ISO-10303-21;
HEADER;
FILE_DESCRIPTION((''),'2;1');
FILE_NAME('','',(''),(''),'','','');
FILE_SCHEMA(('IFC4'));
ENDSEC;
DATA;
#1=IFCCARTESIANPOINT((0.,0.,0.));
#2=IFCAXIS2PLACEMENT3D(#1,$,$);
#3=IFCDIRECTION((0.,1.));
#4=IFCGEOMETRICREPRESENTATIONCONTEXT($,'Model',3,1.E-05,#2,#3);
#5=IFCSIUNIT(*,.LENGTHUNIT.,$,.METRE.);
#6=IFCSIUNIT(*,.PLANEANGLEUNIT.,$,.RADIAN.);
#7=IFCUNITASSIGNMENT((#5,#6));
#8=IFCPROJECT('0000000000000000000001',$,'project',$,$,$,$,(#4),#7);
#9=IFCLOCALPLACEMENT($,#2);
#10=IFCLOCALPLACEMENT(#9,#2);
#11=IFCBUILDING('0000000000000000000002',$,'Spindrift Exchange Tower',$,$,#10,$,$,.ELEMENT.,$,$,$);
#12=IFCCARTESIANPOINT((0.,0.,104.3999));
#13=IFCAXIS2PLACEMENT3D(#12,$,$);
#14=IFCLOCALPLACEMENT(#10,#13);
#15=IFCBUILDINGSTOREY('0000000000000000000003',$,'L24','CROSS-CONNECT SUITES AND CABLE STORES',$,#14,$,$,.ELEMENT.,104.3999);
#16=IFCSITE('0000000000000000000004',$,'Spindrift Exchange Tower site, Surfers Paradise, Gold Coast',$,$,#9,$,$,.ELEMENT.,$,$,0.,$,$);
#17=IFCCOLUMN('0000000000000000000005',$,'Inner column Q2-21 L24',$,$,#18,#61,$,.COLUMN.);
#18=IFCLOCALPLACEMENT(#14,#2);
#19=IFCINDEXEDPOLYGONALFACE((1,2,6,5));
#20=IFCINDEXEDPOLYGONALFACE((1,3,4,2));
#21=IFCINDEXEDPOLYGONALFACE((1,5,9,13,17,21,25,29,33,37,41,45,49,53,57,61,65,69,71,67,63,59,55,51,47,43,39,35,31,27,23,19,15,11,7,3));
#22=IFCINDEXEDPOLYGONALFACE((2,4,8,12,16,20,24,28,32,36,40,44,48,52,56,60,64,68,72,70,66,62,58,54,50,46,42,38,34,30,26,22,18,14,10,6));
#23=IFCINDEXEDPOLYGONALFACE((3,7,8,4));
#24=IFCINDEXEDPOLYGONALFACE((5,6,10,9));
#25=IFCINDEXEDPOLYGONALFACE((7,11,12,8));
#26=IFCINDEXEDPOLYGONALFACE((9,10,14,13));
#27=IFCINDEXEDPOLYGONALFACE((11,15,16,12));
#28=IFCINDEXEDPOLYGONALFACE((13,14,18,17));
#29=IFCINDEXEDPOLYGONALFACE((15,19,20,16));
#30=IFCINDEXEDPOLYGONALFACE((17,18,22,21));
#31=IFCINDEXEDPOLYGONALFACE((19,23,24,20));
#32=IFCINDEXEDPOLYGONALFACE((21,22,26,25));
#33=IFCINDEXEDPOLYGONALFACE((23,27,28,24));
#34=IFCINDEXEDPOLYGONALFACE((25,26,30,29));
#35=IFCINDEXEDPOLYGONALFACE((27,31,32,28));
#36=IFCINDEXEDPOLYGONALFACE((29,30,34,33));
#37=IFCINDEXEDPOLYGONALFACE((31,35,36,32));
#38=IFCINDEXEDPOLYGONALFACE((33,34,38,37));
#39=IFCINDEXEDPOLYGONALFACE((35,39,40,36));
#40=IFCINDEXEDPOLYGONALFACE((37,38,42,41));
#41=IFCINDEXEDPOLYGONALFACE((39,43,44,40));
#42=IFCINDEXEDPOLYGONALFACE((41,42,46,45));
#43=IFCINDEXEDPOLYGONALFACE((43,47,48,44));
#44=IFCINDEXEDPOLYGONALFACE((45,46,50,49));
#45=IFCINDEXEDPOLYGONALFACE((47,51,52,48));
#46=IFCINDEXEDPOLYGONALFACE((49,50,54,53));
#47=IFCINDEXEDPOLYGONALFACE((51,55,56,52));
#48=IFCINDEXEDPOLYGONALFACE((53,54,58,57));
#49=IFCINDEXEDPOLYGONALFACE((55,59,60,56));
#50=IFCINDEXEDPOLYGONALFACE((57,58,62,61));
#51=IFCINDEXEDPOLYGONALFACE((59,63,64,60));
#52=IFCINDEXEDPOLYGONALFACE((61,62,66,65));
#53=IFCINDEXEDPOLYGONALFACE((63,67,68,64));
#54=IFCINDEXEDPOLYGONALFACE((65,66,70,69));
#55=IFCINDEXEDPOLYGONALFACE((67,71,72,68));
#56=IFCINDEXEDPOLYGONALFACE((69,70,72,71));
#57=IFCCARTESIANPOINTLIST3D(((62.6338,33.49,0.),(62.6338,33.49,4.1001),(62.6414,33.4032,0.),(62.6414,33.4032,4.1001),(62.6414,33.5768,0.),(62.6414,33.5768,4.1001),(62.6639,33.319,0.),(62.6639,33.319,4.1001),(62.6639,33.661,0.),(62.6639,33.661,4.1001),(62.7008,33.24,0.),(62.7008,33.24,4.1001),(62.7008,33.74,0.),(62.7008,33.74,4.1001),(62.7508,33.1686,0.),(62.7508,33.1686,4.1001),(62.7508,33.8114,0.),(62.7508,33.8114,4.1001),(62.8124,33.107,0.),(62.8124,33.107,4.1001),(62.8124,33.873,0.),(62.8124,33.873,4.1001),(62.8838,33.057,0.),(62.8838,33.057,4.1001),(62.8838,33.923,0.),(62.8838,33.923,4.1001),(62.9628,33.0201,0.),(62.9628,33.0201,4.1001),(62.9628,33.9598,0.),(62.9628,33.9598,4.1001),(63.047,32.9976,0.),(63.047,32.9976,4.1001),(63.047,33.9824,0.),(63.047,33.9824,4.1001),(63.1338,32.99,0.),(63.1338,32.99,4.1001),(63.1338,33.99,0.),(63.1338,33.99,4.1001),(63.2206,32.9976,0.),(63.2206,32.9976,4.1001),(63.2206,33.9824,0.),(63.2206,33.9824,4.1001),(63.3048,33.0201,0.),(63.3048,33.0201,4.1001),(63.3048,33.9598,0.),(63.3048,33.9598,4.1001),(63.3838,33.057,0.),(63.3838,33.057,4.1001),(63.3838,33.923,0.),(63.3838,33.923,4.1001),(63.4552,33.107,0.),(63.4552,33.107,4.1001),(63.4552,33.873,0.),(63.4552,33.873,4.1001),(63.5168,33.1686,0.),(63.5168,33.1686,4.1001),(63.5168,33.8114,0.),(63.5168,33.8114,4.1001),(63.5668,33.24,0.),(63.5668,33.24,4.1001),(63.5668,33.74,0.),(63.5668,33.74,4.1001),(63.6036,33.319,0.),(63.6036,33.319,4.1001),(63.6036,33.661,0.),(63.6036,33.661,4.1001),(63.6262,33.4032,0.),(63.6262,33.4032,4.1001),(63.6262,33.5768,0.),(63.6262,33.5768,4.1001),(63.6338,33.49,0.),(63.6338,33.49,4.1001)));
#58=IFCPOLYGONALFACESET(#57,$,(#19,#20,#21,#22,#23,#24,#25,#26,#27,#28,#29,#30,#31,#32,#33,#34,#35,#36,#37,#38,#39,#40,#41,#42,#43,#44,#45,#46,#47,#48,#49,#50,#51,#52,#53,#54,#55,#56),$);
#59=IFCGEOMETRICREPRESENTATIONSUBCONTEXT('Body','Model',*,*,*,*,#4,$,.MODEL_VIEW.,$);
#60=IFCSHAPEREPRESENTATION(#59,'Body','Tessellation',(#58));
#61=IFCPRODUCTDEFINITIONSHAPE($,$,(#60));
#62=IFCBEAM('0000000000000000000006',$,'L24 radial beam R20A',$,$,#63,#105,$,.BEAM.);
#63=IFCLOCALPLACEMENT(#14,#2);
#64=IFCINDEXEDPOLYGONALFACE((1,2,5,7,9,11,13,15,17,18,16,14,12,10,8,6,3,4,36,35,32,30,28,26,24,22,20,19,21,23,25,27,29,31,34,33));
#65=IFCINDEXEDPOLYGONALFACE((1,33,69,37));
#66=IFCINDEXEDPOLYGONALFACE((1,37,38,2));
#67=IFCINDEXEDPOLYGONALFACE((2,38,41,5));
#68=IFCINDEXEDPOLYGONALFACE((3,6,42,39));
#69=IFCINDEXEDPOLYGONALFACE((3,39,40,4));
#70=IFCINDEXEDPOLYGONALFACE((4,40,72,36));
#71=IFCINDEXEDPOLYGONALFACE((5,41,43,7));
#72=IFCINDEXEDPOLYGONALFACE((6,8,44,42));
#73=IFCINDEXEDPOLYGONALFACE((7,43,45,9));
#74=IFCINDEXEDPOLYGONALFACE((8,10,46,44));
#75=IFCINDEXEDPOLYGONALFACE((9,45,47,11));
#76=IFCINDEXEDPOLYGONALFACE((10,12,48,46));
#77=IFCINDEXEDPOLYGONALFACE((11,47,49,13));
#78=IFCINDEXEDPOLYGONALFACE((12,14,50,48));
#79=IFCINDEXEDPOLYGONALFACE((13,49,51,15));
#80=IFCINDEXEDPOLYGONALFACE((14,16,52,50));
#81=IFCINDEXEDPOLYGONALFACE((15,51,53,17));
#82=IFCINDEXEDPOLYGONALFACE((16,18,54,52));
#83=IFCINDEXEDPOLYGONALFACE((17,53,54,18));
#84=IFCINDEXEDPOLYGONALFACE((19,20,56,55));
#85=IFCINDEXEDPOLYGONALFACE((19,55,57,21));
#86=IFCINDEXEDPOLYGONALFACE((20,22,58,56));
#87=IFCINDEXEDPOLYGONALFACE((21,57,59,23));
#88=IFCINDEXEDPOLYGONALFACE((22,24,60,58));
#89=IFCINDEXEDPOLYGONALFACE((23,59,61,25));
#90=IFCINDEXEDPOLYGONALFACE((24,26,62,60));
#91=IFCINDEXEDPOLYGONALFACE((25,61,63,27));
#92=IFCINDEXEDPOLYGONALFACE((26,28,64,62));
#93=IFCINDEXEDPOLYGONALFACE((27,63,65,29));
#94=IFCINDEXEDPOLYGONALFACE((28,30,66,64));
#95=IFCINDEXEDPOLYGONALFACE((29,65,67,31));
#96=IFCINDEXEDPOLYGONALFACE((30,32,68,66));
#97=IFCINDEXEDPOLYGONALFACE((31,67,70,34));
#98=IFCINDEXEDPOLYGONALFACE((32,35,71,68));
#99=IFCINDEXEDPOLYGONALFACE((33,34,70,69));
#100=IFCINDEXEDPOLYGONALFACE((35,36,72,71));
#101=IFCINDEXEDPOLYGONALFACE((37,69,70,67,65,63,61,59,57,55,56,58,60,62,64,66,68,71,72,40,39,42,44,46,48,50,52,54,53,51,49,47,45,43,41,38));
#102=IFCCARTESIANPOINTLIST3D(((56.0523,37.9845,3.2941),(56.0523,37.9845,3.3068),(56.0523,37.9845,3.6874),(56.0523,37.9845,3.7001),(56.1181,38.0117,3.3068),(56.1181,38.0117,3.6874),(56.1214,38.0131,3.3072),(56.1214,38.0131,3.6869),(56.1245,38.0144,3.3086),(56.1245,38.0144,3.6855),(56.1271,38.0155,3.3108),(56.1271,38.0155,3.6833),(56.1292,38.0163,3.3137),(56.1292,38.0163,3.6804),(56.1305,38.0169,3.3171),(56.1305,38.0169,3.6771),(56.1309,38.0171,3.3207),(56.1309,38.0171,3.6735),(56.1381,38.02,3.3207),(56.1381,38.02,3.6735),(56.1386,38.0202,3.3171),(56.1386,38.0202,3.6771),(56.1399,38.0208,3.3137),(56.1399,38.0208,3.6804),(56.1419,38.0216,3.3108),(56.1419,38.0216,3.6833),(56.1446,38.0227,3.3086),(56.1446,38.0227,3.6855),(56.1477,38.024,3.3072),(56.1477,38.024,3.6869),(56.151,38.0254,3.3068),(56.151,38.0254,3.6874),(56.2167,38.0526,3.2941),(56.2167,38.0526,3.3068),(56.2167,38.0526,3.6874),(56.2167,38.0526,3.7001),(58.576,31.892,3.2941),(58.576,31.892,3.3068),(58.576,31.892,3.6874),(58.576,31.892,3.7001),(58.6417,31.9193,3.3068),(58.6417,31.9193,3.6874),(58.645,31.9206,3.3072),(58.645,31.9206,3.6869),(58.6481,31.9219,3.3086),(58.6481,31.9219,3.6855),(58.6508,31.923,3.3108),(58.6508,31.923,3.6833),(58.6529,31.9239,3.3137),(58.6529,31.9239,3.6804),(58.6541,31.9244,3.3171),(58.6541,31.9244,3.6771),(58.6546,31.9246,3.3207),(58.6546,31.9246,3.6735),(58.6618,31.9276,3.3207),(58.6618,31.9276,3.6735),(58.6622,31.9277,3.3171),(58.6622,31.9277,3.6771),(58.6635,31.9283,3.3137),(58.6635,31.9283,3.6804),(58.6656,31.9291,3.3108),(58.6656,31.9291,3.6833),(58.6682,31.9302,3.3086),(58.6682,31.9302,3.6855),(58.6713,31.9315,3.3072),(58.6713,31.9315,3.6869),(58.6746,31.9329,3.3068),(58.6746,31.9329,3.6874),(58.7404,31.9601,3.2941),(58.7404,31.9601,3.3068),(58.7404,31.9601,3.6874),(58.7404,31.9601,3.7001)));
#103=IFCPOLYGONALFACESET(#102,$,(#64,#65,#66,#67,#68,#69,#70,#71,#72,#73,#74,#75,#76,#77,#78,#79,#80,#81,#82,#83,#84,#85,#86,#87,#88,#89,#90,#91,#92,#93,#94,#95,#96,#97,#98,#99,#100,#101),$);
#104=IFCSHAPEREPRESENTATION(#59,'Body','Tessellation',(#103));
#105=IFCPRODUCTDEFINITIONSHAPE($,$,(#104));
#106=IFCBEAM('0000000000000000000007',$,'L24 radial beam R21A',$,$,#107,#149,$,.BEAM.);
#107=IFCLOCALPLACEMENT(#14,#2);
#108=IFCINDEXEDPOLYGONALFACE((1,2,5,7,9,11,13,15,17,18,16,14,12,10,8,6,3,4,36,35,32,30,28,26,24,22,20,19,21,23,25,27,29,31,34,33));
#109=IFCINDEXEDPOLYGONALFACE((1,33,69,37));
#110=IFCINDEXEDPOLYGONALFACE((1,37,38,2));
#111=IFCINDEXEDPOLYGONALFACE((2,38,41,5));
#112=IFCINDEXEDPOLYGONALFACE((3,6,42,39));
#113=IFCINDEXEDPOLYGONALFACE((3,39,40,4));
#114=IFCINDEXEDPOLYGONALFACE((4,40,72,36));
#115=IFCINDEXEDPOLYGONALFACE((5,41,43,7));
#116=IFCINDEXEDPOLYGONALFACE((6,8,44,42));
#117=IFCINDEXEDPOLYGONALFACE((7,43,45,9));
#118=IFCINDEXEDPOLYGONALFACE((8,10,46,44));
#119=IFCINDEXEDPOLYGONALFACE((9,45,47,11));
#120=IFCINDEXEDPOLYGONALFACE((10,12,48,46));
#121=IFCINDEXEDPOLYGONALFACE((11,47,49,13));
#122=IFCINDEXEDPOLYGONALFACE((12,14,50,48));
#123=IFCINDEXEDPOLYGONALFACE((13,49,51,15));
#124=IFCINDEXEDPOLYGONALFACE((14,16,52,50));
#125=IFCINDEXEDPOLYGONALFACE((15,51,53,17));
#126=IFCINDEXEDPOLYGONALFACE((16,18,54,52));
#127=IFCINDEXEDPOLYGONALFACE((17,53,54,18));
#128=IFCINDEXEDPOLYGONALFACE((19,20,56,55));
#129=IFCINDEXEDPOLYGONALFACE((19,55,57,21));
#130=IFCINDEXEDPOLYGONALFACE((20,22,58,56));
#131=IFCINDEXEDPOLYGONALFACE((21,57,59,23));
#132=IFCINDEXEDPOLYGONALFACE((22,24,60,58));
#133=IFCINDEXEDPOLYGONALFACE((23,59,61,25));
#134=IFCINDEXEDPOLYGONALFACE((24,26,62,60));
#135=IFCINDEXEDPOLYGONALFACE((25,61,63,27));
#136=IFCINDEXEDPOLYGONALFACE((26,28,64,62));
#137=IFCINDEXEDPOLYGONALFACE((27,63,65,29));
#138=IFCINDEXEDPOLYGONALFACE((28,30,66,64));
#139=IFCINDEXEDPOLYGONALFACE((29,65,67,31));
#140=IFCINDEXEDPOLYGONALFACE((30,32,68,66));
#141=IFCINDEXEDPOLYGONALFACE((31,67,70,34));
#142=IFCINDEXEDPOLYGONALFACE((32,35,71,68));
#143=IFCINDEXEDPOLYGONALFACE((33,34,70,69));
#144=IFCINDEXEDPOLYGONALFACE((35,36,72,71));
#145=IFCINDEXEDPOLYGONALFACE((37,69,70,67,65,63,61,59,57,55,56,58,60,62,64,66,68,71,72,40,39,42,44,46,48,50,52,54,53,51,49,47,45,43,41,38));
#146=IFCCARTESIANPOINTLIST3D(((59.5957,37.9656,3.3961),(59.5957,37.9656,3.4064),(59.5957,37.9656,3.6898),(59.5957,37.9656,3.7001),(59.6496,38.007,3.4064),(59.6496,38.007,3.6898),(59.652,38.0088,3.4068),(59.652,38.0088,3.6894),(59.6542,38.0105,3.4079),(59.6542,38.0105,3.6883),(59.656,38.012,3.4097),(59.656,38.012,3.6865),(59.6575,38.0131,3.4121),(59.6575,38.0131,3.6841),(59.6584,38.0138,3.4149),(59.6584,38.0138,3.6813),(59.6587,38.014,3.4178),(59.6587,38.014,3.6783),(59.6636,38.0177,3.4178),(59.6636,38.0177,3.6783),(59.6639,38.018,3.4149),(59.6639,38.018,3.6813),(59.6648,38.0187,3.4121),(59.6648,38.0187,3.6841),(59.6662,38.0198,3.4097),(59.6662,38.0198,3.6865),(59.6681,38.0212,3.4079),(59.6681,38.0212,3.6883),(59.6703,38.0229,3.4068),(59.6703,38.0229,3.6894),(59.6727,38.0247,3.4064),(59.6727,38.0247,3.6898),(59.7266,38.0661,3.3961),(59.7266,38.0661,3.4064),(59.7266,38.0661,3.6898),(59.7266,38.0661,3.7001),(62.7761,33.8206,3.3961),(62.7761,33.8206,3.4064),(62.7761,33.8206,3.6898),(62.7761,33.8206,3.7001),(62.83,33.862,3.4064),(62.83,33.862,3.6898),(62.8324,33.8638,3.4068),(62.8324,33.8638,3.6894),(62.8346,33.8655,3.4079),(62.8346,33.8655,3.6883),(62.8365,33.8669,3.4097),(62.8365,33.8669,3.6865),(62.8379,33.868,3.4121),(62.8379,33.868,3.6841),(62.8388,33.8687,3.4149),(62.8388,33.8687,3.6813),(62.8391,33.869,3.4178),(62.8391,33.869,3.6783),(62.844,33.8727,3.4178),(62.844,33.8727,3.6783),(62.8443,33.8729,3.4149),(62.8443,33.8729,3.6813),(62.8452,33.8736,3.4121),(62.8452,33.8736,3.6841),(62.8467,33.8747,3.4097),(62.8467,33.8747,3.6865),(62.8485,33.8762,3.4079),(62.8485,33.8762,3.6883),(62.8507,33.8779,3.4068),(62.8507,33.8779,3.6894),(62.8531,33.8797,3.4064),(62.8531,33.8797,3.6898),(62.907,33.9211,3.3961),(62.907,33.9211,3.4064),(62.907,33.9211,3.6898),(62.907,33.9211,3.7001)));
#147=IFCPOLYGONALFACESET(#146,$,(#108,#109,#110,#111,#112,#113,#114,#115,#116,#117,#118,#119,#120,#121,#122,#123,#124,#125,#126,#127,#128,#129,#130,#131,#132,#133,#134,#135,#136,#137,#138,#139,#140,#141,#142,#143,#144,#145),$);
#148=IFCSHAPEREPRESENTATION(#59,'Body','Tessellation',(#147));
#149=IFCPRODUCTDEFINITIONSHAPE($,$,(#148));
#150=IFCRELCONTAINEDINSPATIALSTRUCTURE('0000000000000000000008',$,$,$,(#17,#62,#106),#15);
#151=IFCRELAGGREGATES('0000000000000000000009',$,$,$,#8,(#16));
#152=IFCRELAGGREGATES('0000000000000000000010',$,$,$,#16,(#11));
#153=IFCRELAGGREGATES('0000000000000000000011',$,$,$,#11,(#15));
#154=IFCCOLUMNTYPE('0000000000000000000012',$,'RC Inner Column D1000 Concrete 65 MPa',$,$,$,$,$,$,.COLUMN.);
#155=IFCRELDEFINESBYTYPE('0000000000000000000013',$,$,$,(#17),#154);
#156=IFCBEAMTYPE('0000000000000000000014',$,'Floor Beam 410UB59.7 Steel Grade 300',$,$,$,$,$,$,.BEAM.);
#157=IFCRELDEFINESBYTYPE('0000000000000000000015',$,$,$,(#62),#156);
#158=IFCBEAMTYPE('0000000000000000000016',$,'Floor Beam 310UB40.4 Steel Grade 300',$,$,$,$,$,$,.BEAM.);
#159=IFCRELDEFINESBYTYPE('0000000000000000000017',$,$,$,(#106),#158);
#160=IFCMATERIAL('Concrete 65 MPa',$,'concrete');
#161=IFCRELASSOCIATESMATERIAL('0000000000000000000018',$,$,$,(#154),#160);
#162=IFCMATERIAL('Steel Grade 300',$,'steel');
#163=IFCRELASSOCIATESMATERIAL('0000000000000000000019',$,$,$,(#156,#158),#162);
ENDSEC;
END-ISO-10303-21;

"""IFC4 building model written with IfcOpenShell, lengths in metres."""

from ifc_helpers import new_model, si_unit, direction, frame, origin, origin_2d, place, context, subcontext, project, spatial, circle, i_section, extrude, source, transform, mapped, material, material_profile, profile_set, type_object, element, save


model = new_model("IFC4")

# Units and contexts
model_context = context("Model", 3, precision=1e-05, world=origin(), true_north=direction((0.0, 1.0)))
body_context = subcontext(model_context, "Body", "Model", "MODEL_VIEW")
ifc_project = project(units=[si_unit("LENGTHUNIT", "METRE"), si_unit("PLANEANGLEUNIT", "RADIAN")], contexts=[model_context])

# Site, building, storey
site_placement = place(None, origin())
site = spatial("IfcSite", under=ifc_project, at=site_placement, Name="Spindrift Exchange Tower site, Surfers Paradise, Gold Coast", CompositionType="ELEMENT", RefElevation=0.0)
building_placement = place(site_placement, origin())
building = spatial("IfcBuilding", under=site, at=building_placement, Name="Spindrift Exchange Tower", CompositionType="ELEMENT")
storey_placement = place(building_placement, frame((0.0, 0.0, 104.3999)))
storey = spatial("IfcBuildingStorey", under=building, at=storey_placement, Name="L24", Description="CROSS-CONNECT SUITES AND CABLE STORES", CompositionType="ELEMENT", Elevation=104.3999)

# Column
ifc_material_1 = material(Name="Concrete 65 MPa", Category="concrete")
ifc_material_profile_1 = material_profile(ifc_material_1, circle(Radius=0.5, at=origin_2d()), Name="RC D1000")
ifc_profile_set_1 = profile_set([ifc_material_profile_1], Name="Concrete 65 MPa")
column_type = type_object("IfcColumnType", Name="RC Inner Column D1000 Concrete 65 MPa", PredefinedType="COLUMN", material=ifc_profile_set_1)
shared_shape_1 = source(origin(), body_context, "Body", "SweptSolid", [
    extrude(circle(Radius=0.5, at=origin_2d()), origin(), (0.0, 0.0, 1.0), 4.1001),
])
column_placement = place(storey_placement, frame((63.1338, 33.49, 0.0), z_axis=(0.0, 0.0, 1.0), x_axis=(1.0, 0.0, 0.0)))
element("IfcColumn", 1, at=column_placement, inside=storey, type_object=column_type, Name="Inner column Q2-21 L24", PredefinedType="COLUMN", context=body_context, shape_type="MappedRepresentation", body=[
    mapped(shared_shape_1, transform((0.0, 0.0, 0.0), scale=1.0)),
])

# Beams
ifc_material_2 = material(Name="Steel Grade 300", Category="steel")
ifc_material_profile_2 = material_profile(ifc_material_2, i_section(OverallWidth=0.178, OverallDepth=0.406, WebThickness=0.0078, FlangeThickness=0.0127, FilletRadius=0.0139, at=origin_2d()), Name="410UB59.7")
ifc_profile_set_2 = profile_set([ifc_material_profile_2], Name="Steel Grade 300")
beam_type_1 = type_object("IfcBeamType", Name="Floor Beam 410UB59.7 Steel Grade 300", PredefinedType="BEAM", material=ifc_profile_set_2)
shared_shape_2 = source(origin(), body_context, "Body", "SweptSolid", [
    extrude(i_section(OverallWidth=0.178, OverallDepth=0.406, WebThickness=0.0078, FlangeThickness=0.0127, FilletRadius=0.0139, at=origin_2d()), origin(), (0.0, 0.0, 1.0), 6.5945),
])
beam_1_placement = place(storey_placement, frame((56.1345, 38.0186, 3.4971), z_axis=(0.382693, -0.923876, 0.0), x_axis=(0.923876, 0.382693, 0.0)))
element("IfcBeam", 2, at=beam_1_placement, inside=storey, type_object=beam_type_1, Name="L24 radial beam R20A", PredefinedType="BEAM", context=body_context, shape_type="MappedRepresentation", body=[
    mapped(shared_shape_2, transform((0.0, 0.0, 0.0), scale=1.0)),
])
ifc_material_profile_3 = material_profile(ifc_material_2, i_section(OverallWidth=0.165, OverallDepth=0.304, WebThickness=0.0061, FlangeThickness=0.0103, FilletRadius=0.0115, at=origin_2d()), Name="310UB40.4")
ifc_profile_set_3 = profile_set([ifc_material_profile_3], Name="Steel Grade 300")
beam_type_2 = type_object("IfcBeamType", Name="Floor Beam 310UB40.4 Steel Grade 300", PredefinedType="BEAM", material=ifc_profile_set_3)
shared_shape_3 = source(origin(), body_context, "Body", "SweptSolid", [
    extrude(i_section(OverallWidth=0.165, OverallDepth=0.304, WebThickness=0.0061, FlangeThickness=0.0103, FilletRadius=0.0115, at=origin_2d()), origin(), (0.0, 0.0, 1.0), 5.2246),
])
beam_2_placement = place(storey_placement, frame((59.6611, 38.0159, 3.5481), z_axis=(0.608741, -0.793369, 0.0), x_axis=(0.793369, 0.608741, 0.0)))
element("IfcBeam", 3, at=beam_2_placement, inside=storey, type_object=beam_type_2, Name="L24 radial beam R21A", PredefinedType="BEAM", context=body_context, shape_type="MappedRepresentation", body=[
    mapped(shared_shape_3, transform((0.0, 0.0, 0.0), scale=1.0)),
])

save(model, "model.ifc")
